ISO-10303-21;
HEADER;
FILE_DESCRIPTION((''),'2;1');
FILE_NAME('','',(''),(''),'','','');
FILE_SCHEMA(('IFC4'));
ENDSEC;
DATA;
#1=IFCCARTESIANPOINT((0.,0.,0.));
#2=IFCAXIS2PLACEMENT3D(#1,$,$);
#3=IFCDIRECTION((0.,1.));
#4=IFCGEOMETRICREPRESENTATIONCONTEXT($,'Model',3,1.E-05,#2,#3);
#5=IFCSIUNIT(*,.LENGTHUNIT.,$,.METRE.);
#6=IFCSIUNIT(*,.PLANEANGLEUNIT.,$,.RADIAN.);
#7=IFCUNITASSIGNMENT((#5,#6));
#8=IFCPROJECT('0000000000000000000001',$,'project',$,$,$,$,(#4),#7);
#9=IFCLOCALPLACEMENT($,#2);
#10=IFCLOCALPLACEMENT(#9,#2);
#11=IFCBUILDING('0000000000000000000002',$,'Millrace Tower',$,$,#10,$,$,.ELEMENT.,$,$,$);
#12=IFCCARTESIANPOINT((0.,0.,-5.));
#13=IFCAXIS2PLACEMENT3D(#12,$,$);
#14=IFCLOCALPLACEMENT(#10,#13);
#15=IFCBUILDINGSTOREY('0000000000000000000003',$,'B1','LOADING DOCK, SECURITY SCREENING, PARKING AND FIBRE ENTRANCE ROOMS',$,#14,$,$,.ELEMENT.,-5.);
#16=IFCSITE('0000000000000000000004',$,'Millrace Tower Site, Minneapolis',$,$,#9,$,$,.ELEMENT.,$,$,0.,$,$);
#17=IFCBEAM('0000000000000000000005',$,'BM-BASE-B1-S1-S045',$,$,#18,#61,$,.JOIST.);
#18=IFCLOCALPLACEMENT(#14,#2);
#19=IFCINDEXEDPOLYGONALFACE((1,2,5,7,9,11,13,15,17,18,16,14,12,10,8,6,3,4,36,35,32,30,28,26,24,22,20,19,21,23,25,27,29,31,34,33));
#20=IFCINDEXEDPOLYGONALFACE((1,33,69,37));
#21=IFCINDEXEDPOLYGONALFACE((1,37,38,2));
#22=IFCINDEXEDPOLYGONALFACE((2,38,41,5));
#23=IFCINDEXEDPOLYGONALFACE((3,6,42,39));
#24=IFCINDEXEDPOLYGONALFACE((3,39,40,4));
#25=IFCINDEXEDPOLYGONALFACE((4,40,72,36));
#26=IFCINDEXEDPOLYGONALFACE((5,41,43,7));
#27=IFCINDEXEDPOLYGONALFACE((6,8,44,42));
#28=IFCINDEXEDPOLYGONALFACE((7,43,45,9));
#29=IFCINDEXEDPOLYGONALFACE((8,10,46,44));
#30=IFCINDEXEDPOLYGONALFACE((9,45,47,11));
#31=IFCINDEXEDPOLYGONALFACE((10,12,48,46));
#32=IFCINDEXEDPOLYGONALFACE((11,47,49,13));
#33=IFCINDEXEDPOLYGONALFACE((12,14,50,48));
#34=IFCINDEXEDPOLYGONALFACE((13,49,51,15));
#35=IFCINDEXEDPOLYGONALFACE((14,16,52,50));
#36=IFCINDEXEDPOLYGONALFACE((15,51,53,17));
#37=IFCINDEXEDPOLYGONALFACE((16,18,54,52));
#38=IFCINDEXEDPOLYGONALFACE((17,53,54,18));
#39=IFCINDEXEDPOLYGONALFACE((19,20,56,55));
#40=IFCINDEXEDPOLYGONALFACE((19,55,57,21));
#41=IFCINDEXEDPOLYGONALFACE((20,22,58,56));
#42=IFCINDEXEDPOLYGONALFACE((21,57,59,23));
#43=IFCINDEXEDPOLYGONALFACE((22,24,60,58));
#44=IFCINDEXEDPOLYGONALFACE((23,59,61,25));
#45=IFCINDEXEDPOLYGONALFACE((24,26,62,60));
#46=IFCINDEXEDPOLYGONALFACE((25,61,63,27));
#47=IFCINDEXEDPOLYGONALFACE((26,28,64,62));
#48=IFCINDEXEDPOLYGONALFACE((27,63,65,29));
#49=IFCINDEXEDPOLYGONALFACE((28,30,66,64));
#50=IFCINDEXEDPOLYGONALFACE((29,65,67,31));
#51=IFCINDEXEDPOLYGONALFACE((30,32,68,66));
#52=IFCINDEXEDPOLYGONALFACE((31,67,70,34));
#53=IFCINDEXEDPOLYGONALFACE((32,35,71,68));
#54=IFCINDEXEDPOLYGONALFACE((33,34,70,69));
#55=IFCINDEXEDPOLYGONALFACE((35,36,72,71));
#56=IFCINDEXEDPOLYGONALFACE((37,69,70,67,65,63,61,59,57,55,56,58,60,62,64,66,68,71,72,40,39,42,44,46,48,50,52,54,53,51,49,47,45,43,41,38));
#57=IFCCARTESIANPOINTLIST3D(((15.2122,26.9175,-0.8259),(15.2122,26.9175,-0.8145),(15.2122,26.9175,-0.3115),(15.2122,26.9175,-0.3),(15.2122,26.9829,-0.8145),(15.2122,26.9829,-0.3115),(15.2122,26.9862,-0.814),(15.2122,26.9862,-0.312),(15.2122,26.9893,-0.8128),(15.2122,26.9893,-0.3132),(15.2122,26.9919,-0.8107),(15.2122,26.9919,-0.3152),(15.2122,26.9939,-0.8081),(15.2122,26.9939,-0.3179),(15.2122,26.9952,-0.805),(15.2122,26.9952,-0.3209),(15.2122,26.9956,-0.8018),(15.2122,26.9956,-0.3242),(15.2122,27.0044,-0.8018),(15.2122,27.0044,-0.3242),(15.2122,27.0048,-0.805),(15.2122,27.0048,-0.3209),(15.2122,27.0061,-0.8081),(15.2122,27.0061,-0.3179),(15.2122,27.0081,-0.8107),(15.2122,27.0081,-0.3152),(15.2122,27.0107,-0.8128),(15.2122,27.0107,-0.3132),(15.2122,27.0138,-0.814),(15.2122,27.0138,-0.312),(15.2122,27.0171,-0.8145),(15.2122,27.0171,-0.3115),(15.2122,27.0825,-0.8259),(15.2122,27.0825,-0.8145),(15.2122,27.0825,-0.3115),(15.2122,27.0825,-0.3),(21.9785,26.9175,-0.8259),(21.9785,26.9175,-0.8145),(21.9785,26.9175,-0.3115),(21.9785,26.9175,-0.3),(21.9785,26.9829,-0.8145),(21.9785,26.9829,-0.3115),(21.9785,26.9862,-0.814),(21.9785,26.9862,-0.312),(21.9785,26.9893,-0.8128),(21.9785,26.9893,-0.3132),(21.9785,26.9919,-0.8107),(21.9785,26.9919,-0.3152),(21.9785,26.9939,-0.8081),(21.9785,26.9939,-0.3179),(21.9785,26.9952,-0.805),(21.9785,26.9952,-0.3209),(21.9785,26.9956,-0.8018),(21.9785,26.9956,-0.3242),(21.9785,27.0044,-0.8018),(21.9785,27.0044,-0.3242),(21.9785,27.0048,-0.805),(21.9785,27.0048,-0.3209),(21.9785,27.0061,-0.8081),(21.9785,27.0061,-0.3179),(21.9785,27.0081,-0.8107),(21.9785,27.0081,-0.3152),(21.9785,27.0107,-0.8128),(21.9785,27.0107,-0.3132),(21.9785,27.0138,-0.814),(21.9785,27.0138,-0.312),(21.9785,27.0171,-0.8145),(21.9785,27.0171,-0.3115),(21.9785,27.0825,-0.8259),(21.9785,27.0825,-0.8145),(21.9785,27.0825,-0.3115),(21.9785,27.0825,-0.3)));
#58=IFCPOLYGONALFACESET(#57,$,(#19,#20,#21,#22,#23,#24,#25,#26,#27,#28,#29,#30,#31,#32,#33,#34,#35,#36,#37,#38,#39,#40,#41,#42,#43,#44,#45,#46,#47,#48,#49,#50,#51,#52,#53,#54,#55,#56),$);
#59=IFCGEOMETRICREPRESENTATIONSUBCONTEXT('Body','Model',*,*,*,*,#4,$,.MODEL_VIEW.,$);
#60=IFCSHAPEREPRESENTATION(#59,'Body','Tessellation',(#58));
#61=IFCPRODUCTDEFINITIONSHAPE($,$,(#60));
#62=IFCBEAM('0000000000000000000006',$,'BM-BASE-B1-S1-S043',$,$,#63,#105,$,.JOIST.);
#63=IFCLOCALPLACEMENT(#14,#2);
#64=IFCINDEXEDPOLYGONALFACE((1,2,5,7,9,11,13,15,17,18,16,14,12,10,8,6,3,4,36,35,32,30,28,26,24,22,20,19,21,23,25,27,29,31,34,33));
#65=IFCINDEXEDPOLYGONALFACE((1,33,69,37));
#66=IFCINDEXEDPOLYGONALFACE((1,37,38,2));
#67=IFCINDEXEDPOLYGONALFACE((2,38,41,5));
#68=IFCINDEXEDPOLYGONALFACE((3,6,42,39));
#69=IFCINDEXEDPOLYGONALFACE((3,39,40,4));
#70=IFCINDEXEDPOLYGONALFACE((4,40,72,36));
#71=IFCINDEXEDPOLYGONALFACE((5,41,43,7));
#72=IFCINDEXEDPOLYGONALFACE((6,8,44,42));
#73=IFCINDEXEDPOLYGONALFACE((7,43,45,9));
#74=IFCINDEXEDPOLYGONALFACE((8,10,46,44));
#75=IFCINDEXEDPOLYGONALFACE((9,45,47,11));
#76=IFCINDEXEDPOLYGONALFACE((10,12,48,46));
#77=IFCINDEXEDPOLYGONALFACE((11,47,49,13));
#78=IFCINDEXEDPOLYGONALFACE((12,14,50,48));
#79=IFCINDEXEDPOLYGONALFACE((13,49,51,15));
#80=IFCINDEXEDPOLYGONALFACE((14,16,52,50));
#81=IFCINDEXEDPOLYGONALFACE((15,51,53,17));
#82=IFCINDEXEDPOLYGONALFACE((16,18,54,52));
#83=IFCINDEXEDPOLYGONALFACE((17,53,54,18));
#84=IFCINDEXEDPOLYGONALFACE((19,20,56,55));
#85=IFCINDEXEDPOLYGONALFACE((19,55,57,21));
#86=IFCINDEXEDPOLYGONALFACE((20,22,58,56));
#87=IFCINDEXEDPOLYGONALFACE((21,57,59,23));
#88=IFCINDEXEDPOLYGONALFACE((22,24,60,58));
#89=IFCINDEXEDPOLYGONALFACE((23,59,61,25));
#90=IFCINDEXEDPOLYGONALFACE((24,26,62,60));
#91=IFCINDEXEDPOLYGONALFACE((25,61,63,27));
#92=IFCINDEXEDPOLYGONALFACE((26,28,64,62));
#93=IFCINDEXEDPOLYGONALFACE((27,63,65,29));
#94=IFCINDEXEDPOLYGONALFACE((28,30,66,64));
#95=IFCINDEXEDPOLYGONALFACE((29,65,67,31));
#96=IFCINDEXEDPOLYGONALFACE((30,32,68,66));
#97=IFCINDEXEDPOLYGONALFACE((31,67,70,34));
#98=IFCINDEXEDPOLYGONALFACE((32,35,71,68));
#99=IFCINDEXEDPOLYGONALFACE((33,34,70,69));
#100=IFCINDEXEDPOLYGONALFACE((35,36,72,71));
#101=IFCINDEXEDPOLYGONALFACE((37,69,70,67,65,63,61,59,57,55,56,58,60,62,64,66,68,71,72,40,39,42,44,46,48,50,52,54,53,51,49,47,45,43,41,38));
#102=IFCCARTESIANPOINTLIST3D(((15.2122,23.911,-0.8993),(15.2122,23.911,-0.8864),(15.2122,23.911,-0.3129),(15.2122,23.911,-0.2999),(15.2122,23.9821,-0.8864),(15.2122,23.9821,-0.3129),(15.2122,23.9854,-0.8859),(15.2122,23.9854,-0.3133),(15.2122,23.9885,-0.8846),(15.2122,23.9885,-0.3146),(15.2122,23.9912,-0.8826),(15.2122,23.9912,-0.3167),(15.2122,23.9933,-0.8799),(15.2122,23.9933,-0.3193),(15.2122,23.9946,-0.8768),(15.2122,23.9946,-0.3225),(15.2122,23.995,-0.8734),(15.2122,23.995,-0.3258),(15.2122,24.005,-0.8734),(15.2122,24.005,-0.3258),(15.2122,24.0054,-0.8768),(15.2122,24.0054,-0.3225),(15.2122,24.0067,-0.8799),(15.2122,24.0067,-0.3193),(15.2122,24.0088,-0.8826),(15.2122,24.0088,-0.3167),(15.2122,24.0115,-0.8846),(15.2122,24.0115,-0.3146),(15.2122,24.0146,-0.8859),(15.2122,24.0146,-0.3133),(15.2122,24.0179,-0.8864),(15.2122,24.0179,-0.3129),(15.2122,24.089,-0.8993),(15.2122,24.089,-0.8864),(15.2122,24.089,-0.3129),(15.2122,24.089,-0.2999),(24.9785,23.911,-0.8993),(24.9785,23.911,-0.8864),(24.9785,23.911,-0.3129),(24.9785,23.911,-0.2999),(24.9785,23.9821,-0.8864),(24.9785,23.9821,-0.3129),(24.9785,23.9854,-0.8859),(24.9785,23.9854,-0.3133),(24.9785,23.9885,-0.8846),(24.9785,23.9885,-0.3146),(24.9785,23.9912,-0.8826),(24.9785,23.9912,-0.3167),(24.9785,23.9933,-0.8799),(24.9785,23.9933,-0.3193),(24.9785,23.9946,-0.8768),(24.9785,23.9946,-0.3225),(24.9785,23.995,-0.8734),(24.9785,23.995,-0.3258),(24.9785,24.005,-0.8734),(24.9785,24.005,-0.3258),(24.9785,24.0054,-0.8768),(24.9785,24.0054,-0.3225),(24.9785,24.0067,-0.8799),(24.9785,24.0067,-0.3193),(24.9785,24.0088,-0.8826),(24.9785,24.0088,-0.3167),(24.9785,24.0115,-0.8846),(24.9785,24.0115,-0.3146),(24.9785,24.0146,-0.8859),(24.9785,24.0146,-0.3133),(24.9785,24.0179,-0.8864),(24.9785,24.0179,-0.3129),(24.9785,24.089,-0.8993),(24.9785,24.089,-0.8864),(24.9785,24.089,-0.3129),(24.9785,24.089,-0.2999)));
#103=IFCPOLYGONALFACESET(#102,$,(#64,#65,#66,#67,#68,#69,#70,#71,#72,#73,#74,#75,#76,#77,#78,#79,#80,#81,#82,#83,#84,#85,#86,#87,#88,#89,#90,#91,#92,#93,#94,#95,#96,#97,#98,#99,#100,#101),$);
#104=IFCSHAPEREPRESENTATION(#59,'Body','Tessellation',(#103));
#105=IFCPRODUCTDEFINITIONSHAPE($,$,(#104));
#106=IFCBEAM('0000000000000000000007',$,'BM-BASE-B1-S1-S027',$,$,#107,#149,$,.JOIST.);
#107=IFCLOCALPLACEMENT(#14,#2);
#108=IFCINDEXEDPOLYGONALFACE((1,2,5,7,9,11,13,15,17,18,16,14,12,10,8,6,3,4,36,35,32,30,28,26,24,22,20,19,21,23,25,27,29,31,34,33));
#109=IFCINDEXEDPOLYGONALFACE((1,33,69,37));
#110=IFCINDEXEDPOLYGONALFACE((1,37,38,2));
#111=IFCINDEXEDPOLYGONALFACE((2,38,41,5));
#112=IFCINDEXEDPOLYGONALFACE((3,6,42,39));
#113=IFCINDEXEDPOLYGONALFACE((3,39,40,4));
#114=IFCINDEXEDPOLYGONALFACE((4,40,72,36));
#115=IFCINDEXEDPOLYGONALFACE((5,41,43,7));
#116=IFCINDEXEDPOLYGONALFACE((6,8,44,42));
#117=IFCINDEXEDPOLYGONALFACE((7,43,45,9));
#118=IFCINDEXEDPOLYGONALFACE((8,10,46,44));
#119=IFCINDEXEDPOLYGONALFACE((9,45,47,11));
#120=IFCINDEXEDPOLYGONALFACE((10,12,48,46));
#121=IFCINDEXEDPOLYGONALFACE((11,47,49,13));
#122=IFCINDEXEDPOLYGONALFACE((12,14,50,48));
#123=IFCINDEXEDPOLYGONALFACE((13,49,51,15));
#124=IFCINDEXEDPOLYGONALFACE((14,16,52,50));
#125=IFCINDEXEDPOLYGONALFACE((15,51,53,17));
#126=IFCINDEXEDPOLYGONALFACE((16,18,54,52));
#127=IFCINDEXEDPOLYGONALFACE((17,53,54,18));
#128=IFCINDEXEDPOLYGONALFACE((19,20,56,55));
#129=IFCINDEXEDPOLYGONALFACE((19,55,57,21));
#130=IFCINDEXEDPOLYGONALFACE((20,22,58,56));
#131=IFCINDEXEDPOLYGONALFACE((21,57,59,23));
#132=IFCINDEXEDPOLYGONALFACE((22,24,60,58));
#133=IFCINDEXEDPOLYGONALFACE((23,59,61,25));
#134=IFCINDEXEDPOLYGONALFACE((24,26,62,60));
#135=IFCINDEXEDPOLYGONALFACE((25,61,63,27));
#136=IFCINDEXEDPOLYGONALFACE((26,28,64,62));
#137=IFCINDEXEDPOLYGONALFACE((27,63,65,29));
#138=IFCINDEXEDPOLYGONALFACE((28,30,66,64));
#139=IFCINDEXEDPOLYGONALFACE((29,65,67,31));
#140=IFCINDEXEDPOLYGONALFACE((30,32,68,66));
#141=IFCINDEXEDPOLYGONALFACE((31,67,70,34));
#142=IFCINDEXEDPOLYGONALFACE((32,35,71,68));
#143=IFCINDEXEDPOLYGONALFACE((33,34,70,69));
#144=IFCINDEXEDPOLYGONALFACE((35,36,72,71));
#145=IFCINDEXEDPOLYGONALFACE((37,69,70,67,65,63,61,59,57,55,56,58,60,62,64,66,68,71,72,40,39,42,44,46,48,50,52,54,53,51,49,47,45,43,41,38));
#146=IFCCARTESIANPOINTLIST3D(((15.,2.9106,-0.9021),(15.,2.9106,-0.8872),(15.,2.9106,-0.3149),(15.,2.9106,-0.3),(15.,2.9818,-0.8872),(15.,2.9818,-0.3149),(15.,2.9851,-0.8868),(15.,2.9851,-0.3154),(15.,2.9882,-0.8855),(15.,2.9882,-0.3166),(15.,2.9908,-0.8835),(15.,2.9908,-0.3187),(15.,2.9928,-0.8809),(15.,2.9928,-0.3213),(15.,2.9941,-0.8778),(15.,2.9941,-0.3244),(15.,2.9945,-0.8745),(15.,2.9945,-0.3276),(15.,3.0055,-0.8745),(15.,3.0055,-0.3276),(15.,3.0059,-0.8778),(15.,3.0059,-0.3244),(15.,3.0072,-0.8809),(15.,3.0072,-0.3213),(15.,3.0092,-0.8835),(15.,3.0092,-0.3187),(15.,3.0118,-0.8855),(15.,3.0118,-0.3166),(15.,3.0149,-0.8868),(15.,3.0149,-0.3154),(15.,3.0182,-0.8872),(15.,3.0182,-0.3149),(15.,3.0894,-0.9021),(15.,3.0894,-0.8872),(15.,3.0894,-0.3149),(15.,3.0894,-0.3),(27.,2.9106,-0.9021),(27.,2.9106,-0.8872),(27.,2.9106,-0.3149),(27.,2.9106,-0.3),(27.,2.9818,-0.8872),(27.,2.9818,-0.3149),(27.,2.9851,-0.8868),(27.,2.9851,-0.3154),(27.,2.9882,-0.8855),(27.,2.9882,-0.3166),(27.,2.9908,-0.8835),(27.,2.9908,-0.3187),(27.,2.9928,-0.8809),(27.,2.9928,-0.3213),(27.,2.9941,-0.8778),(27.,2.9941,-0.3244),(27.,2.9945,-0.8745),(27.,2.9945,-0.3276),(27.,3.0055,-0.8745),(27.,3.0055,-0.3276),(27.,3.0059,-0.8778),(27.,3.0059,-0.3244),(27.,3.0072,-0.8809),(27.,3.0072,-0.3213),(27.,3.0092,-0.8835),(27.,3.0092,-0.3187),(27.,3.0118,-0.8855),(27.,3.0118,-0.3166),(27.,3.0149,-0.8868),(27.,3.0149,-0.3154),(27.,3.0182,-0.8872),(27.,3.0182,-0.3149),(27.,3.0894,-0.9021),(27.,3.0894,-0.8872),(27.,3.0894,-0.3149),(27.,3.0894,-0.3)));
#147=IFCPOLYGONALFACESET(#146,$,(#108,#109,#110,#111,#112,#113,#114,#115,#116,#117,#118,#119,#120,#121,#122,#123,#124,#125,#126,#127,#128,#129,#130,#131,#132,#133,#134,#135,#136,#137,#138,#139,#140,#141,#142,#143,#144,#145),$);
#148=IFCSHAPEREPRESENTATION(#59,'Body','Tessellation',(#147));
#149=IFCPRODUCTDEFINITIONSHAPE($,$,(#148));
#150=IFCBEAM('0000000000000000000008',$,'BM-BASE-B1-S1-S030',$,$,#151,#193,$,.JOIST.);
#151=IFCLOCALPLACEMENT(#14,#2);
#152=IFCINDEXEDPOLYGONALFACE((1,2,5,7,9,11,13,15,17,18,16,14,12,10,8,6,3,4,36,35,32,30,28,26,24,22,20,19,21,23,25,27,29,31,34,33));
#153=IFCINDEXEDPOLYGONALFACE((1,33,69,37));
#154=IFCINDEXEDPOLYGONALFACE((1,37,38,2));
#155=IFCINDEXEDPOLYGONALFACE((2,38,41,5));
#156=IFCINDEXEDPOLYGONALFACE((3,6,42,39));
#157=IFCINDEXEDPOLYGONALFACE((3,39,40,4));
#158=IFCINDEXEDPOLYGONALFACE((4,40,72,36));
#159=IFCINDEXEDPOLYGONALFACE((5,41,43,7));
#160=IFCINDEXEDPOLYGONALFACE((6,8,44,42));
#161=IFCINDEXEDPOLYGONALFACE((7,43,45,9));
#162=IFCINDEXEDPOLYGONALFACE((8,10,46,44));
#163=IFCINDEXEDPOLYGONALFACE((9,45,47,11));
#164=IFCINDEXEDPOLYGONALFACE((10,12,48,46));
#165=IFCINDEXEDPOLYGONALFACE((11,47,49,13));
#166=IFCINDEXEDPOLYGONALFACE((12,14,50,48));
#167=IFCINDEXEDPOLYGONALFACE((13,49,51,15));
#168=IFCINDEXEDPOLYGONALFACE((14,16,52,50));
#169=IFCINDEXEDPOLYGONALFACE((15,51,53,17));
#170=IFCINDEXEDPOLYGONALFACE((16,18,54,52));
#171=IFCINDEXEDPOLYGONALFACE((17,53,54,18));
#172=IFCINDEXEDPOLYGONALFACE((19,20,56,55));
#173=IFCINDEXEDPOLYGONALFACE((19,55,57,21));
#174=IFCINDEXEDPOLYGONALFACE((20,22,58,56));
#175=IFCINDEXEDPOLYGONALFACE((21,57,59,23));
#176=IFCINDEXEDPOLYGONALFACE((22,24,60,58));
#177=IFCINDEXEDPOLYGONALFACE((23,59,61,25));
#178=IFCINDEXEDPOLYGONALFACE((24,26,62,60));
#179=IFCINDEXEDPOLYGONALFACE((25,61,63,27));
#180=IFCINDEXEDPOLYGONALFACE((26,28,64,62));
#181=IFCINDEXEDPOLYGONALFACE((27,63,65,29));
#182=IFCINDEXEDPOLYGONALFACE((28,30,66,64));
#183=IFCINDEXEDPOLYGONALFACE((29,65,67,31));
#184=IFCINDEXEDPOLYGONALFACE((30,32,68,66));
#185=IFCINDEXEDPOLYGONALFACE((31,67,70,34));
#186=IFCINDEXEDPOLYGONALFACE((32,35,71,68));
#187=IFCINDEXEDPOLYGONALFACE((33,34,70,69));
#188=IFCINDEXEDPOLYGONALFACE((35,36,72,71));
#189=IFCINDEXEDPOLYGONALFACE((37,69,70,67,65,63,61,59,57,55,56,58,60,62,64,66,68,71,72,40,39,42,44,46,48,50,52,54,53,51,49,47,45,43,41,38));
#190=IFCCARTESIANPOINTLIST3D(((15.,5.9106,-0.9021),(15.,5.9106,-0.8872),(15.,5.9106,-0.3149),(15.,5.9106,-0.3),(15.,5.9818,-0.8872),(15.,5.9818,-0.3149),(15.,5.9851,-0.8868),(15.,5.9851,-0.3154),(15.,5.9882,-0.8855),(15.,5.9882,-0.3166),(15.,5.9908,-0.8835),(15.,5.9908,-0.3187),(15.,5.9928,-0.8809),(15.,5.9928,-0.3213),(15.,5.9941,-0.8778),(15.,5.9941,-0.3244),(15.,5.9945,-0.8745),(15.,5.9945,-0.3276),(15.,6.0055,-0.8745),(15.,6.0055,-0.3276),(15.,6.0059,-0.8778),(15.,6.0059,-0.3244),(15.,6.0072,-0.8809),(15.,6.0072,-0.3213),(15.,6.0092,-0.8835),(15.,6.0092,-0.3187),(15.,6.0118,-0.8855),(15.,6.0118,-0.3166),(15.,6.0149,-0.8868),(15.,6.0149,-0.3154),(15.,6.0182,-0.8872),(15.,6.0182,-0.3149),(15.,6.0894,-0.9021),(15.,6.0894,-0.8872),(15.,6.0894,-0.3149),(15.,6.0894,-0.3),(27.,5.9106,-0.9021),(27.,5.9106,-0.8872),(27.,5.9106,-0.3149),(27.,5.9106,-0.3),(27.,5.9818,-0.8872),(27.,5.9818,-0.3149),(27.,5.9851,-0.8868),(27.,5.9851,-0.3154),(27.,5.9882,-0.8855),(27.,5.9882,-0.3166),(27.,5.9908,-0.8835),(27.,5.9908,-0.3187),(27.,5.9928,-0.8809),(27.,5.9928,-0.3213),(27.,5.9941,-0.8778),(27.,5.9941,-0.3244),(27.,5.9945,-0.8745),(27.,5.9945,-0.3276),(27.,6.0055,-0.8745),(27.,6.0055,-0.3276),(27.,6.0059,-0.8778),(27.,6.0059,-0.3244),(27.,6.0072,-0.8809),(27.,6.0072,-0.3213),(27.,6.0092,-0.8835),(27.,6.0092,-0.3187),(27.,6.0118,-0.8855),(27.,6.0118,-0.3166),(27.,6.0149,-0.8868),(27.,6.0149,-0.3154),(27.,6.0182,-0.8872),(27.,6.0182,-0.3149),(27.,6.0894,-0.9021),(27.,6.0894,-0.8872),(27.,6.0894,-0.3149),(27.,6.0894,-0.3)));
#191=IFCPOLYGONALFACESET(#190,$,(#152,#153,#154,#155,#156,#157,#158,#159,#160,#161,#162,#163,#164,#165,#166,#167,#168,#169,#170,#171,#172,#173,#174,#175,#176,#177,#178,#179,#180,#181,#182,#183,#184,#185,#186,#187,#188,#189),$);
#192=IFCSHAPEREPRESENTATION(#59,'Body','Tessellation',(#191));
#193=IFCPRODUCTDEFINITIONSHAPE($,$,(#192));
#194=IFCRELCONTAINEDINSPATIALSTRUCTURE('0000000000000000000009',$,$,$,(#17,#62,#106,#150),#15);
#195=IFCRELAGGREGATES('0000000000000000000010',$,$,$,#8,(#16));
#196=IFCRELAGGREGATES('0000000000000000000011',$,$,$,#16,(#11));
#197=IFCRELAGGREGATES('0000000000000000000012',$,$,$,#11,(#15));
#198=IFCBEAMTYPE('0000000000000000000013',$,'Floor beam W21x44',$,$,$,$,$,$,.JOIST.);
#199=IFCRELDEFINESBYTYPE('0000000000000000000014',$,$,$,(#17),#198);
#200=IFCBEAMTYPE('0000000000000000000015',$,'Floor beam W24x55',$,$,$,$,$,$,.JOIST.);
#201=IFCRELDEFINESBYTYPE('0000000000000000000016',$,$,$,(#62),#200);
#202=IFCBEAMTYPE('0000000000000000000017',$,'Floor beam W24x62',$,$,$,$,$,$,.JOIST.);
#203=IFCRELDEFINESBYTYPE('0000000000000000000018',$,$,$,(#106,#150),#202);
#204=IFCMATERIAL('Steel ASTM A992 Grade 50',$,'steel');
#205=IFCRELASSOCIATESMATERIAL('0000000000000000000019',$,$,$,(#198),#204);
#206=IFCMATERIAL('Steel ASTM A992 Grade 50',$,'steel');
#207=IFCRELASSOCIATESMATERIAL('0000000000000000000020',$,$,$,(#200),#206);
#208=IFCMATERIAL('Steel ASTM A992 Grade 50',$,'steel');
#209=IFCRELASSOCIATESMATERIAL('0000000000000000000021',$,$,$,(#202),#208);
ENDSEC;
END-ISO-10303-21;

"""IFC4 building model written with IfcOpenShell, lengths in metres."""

from ifc_helpers import new_model, si_unit, direction, frame, origin, origin_2d, place, context, subcontext, project, spatial, i_section, extrude, material, material_profile, profile_set, type_object, element, save


model = new_model("IFC4")

# Units and contexts
model_context = context("Model", 3, precision=1e-05, world=origin(), true_north=direction((0.0, 1.0)))
body_context = subcontext(model_context, "Body", "Model", "MODEL_VIEW")
ifc_project = project(units=[si_unit("LENGTHUNIT", "METRE"), si_unit("PLANEANGLEUNIT", "RADIAN")], contexts=[model_context])

# Site, building, storey
site_placement = place(None, origin())
site = spatial("IfcSite", under=ifc_project, at=site_placement, Name="Millrace Tower Site, Minneapolis", CompositionType="ELEMENT", RefElevation=0.0)
building_placement = place(site_placement, origin())
building = spatial("IfcBuilding", under=site, at=building_placement, Name="Millrace Tower", CompositionType="ELEMENT")
storey_placement = place(building_placement, frame((0.0, 0.0, -5.0)))
storey = spatial("IfcBuildingStorey", under=building, at=storey_placement, Name="B1", Description="LOADING DOCK, SECURITY SCREENING, PARKING AND FIBRE ENTRANCE ROOMS", CompositionType="ELEMENT", Elevation=-5.0)

# Beams
ifc_material_1 = material(Name="Steel ASTM A992 Grade 50", Category="steel")
ifc_material_profile_1 = material_profile(ifc_material_1, i_section(OverallWidth=0.165, OverallDepth=0.5259, WebThickness=0.0088, FlangeThickness=0.0115, FilletRadius=0.0127, at=origin_2d()))
ifc_profile_set_1 = profile_set([ifc_material_profile_1], Name="Steel ASTM A992 Grade 50")
beam_type_1 = type_object("IfcBeamType", Name="Floor beam W21x44", PredefinedType="JOIST", material=ifc_profile_set_1)
beam_1_placement = place(storey_placement, frame((15.2122, 27.0, -0.563), z_axis=(1.0, 0.0, 0.0), x_axis=(0.0, 1.0, 0.0)))
element("IfcBeam", 1, at=beam_1_placement, inside=storey, type_object=beam_type_1, Name="BM-BASE-B1-S1-S045", PredefinedType="JOIST", context=body_context, shape_type="SweptSolid", body=[
    extrude(i_section(OverallWidth=0.165, OverallDepth=0.5259, WebThickness=0.0088, FlangeThickness=0.0115, FilletRadius=0.0127, at=origin_2d()), origin(), (0.0, 0.0, 1.0), 6.7664),
])
ifc_material_2 = material(Name="Steel ASTM A992 Grade 50", Category="steel")
ifc_material_profile_2 = material_profile(ifc_material_2, i_section(OverallWidth=0.178, OverallDepth=0.5994, WebThickness=0.01, FlangeThickness=0.0129, FilletRadius=0.0129, at=origin_2d()))
ifc_profile_set_2 = profile_set([ifc_material_profile_2], Name="Steel ASTM A992 Grade 50")
beam_type_2 = type_object("IfcBeamType", Name="Floor beam W24x55", PredefinedType="JOIST", material=ifc_profile_set_2)
beam_2_placement = place(storey_placement, frame((15.2122, 24.0, -0.5996), z_axis=(1.0, 0.0, 0.0), x_axis=(0.0, 1.0, 0.0)))
element("IfcBeam", 2, at=beam_2_placement, inside=storey, type_object=beam_type_2, Name="BM-BASE-B1-S1-S043", PredefinedType="JOIST", context=body_context, shape_type="SweptSolid", body=[
    extrude(i_section(OverallWidth=0.178, OverallDepth=0.5994, WebThickness=0.01, FlangeThickness=0.0129, FilletRadius=0.0129, at=origin_2d()), origin(), (0.0, 0.0, 1.0), 9.7664),
])
ifc_material_3 = material(Name="Steel ASTM A992 Grade 50", Category="steel")
ifc_material_profile_3 = material_profile(ifc_material_3, i_section(OverallWidth=0.1787, OverallDepth=0.6021, WebThickness=0.011, FlangeThickness=0.0149, FilletRadius=0.0127, at=origin_2d()))
ifc_profile_set_3 = profile_set([ifc_material_profile_3], Name="Steel ASTM A992 Grade 50")
beam_type_3 = type_object("IfcBeamType", Name="Floor beam W24x62", PredefinedType="JOIST", material=ifc_profile_set_3)
for number, where, z_axis, x_axis, name in (
    (3, (15.0, 3.0, -0.6011), (1.0, 0.0, 0.0), (0.0, 1.0, 0.0), "BM-BASE-B1-S1-S027"),
    (4, (15.0, 6.0, -0.6011), (1.0, 0.0, 0.0), (0.0, 1.0, 0.0), "BM-BASE-B1-S1-S030"),
):
    element("IfcBeam", number, at=place(storey_placement, frame(where, z_axis=z_axis, x_axis=x_axis)), inside=storey, type_object=beam_type_3, Name=name, PredefinedType="JOIST", context=body_context, shape_type="SweptSolid", body=[
        extrude(i_section(OverallWidth=0.1787, OverallDepth=0.6021, WebThickness=0.011, FlangeThickness=0.0149, FilletRadius=0.0127, at=origin_2d()), origin(), (0.0, 0.0, 1.0), 12.0),
    ])

save(model, "model.ifc")
